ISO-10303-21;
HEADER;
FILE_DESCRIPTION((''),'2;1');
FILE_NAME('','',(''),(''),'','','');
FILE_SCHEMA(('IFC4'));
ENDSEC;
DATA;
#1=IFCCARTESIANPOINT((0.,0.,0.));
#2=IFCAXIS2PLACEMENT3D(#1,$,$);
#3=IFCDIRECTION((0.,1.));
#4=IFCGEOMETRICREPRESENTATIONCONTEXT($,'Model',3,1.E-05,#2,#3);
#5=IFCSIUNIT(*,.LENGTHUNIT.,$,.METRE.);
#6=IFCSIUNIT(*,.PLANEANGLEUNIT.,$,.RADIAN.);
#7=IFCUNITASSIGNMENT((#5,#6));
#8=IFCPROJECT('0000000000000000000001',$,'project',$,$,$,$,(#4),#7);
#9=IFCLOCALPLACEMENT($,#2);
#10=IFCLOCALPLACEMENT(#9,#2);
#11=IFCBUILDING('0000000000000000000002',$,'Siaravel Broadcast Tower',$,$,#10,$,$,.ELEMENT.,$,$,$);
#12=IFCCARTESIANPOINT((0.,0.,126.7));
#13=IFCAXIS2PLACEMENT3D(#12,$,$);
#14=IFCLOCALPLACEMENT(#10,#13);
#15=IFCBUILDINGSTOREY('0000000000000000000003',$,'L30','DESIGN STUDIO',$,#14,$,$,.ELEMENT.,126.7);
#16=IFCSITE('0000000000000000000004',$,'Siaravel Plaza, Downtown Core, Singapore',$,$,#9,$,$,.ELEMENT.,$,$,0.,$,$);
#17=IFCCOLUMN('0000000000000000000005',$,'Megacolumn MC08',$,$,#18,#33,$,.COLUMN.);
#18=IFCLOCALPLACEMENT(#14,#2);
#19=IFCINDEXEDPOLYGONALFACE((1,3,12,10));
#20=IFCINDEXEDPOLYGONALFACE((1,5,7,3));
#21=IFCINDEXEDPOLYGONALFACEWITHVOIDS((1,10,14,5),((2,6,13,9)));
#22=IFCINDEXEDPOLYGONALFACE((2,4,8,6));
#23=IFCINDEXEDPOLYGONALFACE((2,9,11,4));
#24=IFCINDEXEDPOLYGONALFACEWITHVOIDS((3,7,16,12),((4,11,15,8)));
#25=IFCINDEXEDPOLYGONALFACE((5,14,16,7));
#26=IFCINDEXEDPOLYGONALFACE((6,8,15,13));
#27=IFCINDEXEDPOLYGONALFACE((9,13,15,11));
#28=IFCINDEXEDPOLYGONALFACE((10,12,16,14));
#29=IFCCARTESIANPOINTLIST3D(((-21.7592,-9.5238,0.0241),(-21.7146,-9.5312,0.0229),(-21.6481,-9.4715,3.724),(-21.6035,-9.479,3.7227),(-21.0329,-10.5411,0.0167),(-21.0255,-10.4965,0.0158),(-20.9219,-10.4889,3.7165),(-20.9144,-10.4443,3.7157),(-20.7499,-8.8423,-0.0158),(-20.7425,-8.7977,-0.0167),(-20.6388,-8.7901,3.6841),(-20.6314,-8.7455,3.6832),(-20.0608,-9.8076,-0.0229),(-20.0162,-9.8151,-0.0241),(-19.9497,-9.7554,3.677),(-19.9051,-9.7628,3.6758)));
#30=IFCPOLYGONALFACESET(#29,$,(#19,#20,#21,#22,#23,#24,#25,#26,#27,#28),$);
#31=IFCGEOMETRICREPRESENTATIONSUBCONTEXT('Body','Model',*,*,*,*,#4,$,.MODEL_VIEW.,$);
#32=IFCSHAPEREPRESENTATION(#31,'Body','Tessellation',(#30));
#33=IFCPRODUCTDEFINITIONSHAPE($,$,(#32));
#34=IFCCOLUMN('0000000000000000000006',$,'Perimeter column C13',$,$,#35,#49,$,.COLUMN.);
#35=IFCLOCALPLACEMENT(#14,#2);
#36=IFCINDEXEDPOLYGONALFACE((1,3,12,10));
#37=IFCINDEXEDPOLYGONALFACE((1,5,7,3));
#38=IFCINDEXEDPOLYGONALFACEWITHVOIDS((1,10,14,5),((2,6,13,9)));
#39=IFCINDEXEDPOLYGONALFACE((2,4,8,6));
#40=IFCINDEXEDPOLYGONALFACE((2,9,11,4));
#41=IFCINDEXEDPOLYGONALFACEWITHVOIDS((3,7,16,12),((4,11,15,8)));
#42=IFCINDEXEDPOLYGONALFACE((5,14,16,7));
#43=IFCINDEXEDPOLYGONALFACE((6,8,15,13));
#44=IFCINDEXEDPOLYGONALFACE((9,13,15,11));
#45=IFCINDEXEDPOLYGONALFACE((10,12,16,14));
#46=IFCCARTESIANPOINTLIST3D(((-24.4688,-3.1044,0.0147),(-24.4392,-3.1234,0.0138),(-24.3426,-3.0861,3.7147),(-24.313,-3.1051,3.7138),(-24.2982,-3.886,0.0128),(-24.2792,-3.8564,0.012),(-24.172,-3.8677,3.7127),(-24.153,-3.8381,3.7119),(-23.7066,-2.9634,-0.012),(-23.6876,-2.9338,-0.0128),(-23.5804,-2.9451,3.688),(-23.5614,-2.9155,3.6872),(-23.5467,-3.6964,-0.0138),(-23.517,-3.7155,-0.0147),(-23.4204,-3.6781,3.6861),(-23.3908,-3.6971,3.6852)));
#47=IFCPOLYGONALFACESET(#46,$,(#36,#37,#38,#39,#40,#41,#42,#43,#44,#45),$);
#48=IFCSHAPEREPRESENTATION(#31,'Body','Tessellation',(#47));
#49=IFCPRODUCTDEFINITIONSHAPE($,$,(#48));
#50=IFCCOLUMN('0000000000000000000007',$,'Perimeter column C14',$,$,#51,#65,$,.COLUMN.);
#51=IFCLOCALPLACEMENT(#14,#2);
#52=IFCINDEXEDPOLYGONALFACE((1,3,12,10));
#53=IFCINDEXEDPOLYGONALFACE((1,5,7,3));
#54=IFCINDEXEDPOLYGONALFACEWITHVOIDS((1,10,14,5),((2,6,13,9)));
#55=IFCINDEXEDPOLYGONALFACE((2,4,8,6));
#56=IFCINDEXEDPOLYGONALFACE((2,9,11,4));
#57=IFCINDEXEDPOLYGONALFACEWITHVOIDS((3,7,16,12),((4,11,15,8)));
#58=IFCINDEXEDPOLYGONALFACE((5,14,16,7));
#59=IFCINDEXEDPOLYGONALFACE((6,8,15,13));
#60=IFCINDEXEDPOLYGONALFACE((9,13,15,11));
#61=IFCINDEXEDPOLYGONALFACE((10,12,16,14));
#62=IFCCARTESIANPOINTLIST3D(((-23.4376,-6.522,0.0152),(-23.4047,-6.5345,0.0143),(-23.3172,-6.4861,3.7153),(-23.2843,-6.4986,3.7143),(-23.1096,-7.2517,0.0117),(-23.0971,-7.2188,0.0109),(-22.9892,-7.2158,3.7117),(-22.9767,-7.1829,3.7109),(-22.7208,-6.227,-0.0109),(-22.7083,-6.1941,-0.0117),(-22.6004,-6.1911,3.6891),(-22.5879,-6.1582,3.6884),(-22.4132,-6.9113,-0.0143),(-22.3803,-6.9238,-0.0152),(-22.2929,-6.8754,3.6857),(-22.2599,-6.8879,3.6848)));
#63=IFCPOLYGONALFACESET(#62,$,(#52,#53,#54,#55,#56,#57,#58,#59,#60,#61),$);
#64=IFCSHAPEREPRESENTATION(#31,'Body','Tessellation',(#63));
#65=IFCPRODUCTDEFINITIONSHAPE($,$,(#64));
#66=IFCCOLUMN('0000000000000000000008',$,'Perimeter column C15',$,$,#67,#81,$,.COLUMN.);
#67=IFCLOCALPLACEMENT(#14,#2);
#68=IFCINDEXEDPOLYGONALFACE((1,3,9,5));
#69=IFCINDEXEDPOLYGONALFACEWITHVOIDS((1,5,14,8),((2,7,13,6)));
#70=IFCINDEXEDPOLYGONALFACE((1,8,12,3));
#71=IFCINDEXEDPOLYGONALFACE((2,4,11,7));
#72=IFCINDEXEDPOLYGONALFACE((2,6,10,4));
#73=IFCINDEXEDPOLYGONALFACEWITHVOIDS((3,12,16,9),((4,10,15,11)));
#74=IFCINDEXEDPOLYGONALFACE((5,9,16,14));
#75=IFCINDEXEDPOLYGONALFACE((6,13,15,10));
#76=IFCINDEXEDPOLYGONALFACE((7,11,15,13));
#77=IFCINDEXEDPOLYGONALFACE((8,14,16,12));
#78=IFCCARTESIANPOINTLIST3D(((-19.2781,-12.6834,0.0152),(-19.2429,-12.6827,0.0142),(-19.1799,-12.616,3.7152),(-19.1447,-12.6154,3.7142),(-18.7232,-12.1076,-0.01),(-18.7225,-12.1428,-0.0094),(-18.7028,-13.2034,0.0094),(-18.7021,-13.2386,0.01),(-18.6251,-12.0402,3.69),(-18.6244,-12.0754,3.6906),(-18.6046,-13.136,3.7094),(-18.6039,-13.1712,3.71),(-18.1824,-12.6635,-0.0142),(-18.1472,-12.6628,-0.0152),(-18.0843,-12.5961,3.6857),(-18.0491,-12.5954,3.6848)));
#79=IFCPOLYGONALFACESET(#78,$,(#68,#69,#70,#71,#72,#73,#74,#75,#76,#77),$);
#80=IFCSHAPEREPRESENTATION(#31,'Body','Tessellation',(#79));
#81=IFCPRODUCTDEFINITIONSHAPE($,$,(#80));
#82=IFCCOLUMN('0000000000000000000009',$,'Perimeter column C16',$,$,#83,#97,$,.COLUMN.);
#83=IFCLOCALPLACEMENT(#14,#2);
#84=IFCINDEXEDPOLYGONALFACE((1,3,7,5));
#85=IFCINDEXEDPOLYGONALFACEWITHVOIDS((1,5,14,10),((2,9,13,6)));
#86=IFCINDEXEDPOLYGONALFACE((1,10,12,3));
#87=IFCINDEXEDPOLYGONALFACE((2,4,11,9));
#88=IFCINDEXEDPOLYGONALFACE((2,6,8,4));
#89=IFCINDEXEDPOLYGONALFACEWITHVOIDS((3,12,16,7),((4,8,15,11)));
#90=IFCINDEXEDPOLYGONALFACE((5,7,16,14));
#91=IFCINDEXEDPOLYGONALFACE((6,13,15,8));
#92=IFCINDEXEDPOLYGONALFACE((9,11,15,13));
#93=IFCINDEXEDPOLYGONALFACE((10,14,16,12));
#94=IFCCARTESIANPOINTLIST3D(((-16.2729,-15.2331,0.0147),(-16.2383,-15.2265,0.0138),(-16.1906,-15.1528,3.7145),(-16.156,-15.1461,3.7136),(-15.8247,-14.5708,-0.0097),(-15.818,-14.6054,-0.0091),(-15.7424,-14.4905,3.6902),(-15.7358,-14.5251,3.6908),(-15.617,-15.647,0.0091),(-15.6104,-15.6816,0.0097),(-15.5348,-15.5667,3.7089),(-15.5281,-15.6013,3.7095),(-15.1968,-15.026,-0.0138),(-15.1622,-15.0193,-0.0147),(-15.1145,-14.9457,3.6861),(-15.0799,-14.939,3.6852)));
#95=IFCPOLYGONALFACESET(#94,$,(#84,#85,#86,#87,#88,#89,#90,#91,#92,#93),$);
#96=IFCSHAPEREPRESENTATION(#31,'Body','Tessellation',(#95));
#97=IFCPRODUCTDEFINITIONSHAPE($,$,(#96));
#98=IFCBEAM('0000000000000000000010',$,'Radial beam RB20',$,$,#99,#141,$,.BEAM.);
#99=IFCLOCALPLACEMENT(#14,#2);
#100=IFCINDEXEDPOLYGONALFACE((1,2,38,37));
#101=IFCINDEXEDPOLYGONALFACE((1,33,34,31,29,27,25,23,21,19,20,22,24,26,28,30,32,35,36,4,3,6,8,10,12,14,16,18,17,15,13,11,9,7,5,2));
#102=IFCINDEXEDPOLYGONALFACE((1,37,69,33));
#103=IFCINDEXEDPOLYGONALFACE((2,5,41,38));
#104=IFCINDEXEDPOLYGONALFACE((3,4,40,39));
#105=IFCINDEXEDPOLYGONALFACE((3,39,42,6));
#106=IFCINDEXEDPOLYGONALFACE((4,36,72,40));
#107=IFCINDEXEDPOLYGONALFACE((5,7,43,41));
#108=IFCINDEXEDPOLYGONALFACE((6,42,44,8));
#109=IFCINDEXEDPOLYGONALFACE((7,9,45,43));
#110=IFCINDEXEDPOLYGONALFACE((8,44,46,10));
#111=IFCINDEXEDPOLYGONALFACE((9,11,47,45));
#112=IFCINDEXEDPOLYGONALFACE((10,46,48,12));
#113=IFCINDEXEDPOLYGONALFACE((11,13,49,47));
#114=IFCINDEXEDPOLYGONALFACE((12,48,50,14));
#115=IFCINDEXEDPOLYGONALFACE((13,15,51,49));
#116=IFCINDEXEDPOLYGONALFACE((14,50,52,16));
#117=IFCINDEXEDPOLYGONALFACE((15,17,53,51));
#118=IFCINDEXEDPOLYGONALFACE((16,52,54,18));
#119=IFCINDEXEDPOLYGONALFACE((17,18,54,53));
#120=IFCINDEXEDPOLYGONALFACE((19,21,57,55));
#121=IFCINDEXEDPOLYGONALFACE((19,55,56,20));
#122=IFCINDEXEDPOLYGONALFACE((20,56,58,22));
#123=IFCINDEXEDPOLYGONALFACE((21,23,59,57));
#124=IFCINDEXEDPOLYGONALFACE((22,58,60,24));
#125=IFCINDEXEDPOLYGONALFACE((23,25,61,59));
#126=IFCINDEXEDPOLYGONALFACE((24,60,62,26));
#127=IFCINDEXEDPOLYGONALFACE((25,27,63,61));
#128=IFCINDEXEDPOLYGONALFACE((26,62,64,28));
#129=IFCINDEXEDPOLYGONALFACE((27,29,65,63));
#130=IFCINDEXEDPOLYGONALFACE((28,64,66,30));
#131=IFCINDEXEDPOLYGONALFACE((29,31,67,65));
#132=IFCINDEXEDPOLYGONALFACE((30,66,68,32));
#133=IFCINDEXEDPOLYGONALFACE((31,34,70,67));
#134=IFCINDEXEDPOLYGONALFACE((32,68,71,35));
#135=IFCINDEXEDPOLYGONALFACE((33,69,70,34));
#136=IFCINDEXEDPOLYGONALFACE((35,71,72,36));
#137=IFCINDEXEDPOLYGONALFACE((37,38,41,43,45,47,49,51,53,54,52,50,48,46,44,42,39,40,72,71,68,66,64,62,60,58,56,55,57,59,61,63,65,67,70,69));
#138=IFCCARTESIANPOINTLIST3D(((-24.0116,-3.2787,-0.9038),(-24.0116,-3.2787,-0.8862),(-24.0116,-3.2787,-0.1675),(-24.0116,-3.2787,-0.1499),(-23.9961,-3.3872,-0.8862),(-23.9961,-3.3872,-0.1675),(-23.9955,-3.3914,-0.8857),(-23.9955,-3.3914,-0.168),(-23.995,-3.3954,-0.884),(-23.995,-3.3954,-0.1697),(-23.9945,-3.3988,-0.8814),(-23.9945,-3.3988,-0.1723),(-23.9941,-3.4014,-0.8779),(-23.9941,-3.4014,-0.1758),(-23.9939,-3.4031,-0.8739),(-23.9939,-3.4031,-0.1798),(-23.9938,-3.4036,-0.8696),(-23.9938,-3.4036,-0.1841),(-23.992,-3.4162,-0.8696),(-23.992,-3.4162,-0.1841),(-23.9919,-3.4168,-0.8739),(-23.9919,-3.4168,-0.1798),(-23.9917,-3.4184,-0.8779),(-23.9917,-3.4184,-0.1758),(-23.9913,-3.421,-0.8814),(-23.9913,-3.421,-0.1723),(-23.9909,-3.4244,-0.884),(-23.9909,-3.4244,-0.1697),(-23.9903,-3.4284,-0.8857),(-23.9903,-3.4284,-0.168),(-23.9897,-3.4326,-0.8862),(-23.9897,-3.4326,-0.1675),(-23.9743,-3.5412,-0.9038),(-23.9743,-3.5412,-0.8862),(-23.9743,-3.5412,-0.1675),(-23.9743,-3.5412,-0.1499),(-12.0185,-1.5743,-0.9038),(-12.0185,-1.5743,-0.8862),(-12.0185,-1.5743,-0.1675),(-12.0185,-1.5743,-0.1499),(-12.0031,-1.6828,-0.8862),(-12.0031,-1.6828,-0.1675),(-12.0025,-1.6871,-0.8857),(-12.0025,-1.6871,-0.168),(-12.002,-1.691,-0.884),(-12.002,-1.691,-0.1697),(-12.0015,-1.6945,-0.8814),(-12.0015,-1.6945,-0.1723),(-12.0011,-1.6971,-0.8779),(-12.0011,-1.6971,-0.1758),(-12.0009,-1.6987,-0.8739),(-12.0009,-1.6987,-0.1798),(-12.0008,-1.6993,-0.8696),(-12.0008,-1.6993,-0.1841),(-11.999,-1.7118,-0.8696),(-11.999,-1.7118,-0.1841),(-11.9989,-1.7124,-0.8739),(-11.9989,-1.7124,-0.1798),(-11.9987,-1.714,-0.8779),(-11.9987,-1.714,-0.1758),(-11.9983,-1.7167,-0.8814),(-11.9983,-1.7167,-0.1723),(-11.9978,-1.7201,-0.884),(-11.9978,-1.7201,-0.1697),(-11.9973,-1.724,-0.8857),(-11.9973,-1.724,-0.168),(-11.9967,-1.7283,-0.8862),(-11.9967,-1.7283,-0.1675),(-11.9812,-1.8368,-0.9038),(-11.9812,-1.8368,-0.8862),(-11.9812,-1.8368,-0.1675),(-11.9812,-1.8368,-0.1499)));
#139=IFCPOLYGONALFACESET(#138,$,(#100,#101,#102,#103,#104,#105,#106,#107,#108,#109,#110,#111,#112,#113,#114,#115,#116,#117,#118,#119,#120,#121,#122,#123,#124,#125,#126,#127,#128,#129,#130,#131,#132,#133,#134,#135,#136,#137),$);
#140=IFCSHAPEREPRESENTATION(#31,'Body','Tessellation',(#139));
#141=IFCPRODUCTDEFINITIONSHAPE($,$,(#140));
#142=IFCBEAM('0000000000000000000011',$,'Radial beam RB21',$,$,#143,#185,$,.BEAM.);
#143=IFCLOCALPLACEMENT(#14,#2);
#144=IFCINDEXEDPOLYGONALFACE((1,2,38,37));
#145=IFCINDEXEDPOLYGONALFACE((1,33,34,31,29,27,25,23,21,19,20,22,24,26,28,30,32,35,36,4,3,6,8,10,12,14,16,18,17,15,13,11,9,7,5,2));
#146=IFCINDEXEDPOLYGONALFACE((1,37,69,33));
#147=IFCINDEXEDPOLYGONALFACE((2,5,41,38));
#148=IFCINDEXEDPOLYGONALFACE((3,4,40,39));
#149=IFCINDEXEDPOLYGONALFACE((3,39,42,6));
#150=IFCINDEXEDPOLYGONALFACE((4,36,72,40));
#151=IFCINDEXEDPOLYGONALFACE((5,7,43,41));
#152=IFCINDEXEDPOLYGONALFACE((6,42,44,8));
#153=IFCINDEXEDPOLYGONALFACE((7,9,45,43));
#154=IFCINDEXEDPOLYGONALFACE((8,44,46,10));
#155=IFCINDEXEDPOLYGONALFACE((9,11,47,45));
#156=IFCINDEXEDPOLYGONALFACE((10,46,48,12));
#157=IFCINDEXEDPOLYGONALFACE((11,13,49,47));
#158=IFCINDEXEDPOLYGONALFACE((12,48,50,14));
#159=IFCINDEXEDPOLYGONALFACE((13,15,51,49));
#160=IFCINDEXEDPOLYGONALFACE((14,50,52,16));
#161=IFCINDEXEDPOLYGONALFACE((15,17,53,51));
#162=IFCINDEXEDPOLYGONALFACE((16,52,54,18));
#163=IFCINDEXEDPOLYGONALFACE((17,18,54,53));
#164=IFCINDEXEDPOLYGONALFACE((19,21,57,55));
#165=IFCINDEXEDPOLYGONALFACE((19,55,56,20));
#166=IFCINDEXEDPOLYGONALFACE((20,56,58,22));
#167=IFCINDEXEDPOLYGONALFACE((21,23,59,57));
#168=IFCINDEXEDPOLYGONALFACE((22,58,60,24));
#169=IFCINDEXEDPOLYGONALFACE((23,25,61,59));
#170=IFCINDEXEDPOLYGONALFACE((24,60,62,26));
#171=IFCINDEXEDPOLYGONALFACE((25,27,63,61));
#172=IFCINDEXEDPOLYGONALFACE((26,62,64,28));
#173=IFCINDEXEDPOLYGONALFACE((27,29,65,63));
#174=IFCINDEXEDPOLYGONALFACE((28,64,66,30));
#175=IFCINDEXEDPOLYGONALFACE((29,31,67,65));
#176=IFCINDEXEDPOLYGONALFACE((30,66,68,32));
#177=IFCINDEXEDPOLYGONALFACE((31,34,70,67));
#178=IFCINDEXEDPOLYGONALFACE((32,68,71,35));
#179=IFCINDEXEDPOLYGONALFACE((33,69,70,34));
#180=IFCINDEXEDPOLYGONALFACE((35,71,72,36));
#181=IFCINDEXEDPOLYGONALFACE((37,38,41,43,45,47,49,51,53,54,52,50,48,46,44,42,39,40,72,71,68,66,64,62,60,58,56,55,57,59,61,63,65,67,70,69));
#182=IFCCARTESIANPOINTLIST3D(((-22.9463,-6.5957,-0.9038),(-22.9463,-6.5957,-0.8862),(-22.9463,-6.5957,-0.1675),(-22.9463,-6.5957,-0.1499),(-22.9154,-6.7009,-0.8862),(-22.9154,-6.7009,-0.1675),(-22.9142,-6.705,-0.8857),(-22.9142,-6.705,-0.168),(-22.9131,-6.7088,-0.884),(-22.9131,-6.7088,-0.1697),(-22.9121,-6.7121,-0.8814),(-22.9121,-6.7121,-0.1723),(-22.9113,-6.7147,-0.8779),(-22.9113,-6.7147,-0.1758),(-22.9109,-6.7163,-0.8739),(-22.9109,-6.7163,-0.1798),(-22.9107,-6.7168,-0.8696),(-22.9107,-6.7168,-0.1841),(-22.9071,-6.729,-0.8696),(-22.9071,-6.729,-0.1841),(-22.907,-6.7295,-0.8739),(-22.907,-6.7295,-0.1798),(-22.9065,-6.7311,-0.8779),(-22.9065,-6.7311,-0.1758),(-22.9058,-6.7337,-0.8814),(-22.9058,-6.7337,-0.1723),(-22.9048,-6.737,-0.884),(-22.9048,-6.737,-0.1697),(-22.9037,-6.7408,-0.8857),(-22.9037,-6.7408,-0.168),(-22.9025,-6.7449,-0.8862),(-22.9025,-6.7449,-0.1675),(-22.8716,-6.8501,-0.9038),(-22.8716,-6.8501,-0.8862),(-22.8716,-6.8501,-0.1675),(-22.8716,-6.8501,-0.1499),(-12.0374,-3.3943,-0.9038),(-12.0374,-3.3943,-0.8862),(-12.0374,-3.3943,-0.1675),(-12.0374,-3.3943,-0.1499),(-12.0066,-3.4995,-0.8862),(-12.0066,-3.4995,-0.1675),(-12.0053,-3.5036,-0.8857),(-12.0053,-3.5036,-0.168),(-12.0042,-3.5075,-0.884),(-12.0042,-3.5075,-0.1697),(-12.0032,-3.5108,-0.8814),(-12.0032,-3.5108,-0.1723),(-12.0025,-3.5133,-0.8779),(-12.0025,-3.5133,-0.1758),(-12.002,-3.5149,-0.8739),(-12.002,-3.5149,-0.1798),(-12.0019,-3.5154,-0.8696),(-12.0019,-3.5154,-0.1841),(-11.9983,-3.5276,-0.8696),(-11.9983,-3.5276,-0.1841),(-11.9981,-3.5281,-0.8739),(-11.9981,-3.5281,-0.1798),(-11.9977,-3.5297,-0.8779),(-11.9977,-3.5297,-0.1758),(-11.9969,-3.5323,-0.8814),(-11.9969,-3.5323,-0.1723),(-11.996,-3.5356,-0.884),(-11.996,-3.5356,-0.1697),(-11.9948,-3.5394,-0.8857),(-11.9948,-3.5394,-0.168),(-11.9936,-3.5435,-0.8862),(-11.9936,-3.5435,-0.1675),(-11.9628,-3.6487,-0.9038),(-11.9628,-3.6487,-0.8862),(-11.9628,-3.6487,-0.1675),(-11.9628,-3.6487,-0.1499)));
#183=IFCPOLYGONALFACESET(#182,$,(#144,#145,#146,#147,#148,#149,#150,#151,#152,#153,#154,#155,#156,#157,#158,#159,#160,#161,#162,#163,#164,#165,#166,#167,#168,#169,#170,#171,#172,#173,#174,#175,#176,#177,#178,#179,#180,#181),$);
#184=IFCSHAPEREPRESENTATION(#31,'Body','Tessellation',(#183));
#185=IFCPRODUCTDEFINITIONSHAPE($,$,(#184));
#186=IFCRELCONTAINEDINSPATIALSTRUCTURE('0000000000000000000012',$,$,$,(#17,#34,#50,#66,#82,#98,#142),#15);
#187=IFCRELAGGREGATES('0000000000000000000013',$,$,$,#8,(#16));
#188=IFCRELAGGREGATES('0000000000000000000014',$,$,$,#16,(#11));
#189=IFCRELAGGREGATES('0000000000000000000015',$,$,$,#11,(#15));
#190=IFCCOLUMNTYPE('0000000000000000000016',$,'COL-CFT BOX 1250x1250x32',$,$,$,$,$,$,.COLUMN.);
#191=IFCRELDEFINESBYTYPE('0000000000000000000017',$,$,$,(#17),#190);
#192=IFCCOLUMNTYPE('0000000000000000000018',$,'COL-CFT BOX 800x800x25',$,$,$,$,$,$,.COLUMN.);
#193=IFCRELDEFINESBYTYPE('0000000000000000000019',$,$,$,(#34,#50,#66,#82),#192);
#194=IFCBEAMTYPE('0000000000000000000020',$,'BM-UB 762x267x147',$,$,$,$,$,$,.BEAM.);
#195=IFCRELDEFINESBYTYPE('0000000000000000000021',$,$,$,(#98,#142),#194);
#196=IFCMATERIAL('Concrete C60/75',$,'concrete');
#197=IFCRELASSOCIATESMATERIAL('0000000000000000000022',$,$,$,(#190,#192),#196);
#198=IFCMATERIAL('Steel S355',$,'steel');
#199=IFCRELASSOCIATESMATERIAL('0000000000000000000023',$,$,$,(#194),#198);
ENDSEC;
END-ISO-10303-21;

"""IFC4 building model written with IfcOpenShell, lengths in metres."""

from ifc_helpers import new_model, si_unit, direction, frame, origin, origin_2d, place, context, subcontext, project, spatial, hollow_rectangle, i_section, extrude, material, material_profile, profile_set, type_object, element, save


model = new_model("IFC4")

# Units and contexts
model_context = context("Model", 3, precision=1e-05, world=origin(), true_north=direction((0.0, 1.0)))
body_context = subcontext(model_context, "Body", "Model", "MODEL_VIEW")
ifc_project = project(units=[si_unit("LENGTHUNIT", "METRE"), si_unit("PLANEANGLEUNIT", "RADIAN")], contexts=[model_context])

# Site, building, storey
site_placement = place(None, origin())
site = spatial("IfcSite", under=ifc_project, at=site_placement, Name="Siaravel Plaza, Downtown Core, Singapore", CompositionType="ELEMENT", RefElevation=0.0)
building_placement = place(site_placement, origin())
building = spatial("IfcBuilding", under=site, at=building_placement, Name="Siaravel Broadcast Tower", CompositionType="ELEMENT")
storey_placement = place(building_placement, frame((0.0, 0.0, 126.7)))
storey = spatial("IfcBuildingStorey", under=building, at=storey_placement, Name="L30", Description="DESIGN STUDIO", CompositionType="ELEMENT", Elevation=126.7)

# Columns
ifc_material_1 = material(Name="Concrete C60/75", Category="concrete")
ifc_material_profile_1 = material_profile(ifc_material_1, hollow_rectangle(XDim=1.25, YDim=1.25, WallThickness=0.032, at=origin_2d()))
ifc_profile_set_1 = profile_set([ifc_material_profile_1], Name="Concrete C60/75")
column_type_1 = type_object("IfcColumnType", Name="COL-CFT BOX 1250x1250x32", PredefinedType="COLUMN", material=ifc_profile_set_1)
column_1_placement = place(storey_placement, frame((-20.8877, -9.6694, 0.0), z_axis=(0.030007, 0.014113, 0.99945), x_axis=(-0.580983, 0.813894, 0.00595)))
element("IfcColumn", 1, at=column_1_placement, inside=storey, type_object=column_type_1, Name="Megacolumn MC08", PredefinedType="COLUMN", context=body_context, shape_type="SweptSolid", body=[
    extrude(hollow_rectangle(XDim=1.25, YDim=1.25, WallThickness=0.032, at=origin_2d()), origin(), (0.0, 0.0, 1.0), 3.7019),
])
ifc_material_profile_2 = material_profile(ifc_material_1, hollow_rectangle(XDim=0.8, YDim=0.8, WallThickness=0.0249, at=origin_2d()))
ifc_profile_set_2 = profile_set([ifc_material_profile_2], Name="Concrete C60/75")
column_type_2 = type_object("IfcColumnType", Name="COL-CFT BOX 800x800x25", PredefinedType="COLUMN", material=ifc_profile_set_2)
for number, where, z_axis, x_axis, name in (
    (2, (-23.9929, -3.4099, 0.0), (0.034094, 0.004946, 0.999406), (-0.213231, 0.976999, 0.002439), "Perimeter column C13"),
    (3, (-22.9089, -6.7229, 0.0), (0.032512, 0.009694, 0.999424), (-0.409949, 0.912097, 0.004489), "Perimeter column C14"),
):
    element("IfcColumn", number, at=place(storey_placement, frame(where, z_axis=z_axis, x_axis=x_axis)), inside=storey, type_object=column_type_2, Name=name, PredefinedType="COLUMN", context=body_context, shape_type="SweptSolid", body=[
        extrude(hollow_rectangle(XDim=0.8, YDim=0.8, WallThickness=0.0249, at=origin_2d()), origin(), (0.0, 0.0, 1.0), 3.7021),
    ])
column_2_placement = place(storey_placement, frame((-18.7126, -12.6731, 0.0), z_axis=(0.026512, 0.018202, 0.999483), x_axis=(-0.719923, 0.694024, 0.006457)))
element("IfcColumn", 4, at=column_2_placement, inside=storey, type_object=column_type_2, Name="Perimeter column C15", PredefinedType="COLUMN", context=body_context, shape_type="SweptSolid", body=[
    extrude(hollow_rectangle(XDim=0.8, YDim=0.8, WallThickness=0.0249, at=origin_2d()), origin(), (0.0, 0.0, 1.0), 3.7019),
])
column_3_placement = place(storey_placement, frame((-15.7175, -15.1262, 0.0), z_axis=(0.022226, 0.021699, 0.999517), x_axis=(-0.828077, 0.56058, 0.006244)))
element("IfcColumn", 5, at=column_3_placement, inside=storey, type_object=column_type_2, Name="Perimeter column C16", PredefinedType="COLUMN", context=body_context, shape_type="SweptSolid", body=[
    extrude(hollow_rectangle(XDim=0.8, YDim=0.8, WallThickness=0.0249, at=origin_2d()), origin(), (0.0, 0.0, 1.0), 3.7017),
])

# Beams
ifc_material_2 = material(Name="Steel S355", Category="steel")
ifc_material_profile_3 = material_profile(ifc_material_2, i_section(OverallWidth=0.2651, OverallDepth=0.7539, WebThickness=0.0127, FlangeThickness=0.0176, FilletRadius=0.0166, at=origin_2d()))
ifc_profile_set_3 = profile_set([ifc_material_profile_3], Name="Steel S355")
beam_type = type_object("IfcBeamType", Name="BM-UB 762x267x147", PredefinedType="BEAM", material=ifc_profile_set_3)
beam_1_placement = place(storey_placement, frame((-23.9929, -3.4099, -0.5269), z_axis=(0.990052, 0.140699, 0.0), x_axis=(-0.140699, 0.990052, 0.0)))
element("IfcBeam", 6, at=beam_1_placement, inside=storey, type_object=beam_type, Name="Radial beam RB20", PredefinedType="BEAM", context=body_context, shape_type="SweptSolid", body=[
    extrude(i_section(OverallWidth=0.2651, OverallDepth=0.7539, WebThickness=0.0127, FlangeThickness=0.0176, FilletRadius=0.0166, at=origin_2d()), origin(), (0.0, 0.0, 1.0), 12.1135),
])
beam_2_placement = place(storey_placement, frame((-22.9089, -6.7229, -0.5269), z_axis=(0.959534, 0.281592, 0.0), x_axis=(-0.281592, 0.959534, 0.0)))
element("IfcBeam", 7, at=beam_2_placement, inside=storey, type_object=beam_type, Name="Radial beam RB21", PredefinedType="BEAM", context=body_context, shape_type="SweptSolid", body=[
    extrude(i_section(OverallWidth=0.2651, OverallDepth=0.7539, WebThickness=0.0127, FlangeThickness=0.0176, FilletRadius=0.0166, at=origin_2d()), origin(), (0.0, 0.0, 1.0), 11.3689),
])

save(model, "model.ifc")
